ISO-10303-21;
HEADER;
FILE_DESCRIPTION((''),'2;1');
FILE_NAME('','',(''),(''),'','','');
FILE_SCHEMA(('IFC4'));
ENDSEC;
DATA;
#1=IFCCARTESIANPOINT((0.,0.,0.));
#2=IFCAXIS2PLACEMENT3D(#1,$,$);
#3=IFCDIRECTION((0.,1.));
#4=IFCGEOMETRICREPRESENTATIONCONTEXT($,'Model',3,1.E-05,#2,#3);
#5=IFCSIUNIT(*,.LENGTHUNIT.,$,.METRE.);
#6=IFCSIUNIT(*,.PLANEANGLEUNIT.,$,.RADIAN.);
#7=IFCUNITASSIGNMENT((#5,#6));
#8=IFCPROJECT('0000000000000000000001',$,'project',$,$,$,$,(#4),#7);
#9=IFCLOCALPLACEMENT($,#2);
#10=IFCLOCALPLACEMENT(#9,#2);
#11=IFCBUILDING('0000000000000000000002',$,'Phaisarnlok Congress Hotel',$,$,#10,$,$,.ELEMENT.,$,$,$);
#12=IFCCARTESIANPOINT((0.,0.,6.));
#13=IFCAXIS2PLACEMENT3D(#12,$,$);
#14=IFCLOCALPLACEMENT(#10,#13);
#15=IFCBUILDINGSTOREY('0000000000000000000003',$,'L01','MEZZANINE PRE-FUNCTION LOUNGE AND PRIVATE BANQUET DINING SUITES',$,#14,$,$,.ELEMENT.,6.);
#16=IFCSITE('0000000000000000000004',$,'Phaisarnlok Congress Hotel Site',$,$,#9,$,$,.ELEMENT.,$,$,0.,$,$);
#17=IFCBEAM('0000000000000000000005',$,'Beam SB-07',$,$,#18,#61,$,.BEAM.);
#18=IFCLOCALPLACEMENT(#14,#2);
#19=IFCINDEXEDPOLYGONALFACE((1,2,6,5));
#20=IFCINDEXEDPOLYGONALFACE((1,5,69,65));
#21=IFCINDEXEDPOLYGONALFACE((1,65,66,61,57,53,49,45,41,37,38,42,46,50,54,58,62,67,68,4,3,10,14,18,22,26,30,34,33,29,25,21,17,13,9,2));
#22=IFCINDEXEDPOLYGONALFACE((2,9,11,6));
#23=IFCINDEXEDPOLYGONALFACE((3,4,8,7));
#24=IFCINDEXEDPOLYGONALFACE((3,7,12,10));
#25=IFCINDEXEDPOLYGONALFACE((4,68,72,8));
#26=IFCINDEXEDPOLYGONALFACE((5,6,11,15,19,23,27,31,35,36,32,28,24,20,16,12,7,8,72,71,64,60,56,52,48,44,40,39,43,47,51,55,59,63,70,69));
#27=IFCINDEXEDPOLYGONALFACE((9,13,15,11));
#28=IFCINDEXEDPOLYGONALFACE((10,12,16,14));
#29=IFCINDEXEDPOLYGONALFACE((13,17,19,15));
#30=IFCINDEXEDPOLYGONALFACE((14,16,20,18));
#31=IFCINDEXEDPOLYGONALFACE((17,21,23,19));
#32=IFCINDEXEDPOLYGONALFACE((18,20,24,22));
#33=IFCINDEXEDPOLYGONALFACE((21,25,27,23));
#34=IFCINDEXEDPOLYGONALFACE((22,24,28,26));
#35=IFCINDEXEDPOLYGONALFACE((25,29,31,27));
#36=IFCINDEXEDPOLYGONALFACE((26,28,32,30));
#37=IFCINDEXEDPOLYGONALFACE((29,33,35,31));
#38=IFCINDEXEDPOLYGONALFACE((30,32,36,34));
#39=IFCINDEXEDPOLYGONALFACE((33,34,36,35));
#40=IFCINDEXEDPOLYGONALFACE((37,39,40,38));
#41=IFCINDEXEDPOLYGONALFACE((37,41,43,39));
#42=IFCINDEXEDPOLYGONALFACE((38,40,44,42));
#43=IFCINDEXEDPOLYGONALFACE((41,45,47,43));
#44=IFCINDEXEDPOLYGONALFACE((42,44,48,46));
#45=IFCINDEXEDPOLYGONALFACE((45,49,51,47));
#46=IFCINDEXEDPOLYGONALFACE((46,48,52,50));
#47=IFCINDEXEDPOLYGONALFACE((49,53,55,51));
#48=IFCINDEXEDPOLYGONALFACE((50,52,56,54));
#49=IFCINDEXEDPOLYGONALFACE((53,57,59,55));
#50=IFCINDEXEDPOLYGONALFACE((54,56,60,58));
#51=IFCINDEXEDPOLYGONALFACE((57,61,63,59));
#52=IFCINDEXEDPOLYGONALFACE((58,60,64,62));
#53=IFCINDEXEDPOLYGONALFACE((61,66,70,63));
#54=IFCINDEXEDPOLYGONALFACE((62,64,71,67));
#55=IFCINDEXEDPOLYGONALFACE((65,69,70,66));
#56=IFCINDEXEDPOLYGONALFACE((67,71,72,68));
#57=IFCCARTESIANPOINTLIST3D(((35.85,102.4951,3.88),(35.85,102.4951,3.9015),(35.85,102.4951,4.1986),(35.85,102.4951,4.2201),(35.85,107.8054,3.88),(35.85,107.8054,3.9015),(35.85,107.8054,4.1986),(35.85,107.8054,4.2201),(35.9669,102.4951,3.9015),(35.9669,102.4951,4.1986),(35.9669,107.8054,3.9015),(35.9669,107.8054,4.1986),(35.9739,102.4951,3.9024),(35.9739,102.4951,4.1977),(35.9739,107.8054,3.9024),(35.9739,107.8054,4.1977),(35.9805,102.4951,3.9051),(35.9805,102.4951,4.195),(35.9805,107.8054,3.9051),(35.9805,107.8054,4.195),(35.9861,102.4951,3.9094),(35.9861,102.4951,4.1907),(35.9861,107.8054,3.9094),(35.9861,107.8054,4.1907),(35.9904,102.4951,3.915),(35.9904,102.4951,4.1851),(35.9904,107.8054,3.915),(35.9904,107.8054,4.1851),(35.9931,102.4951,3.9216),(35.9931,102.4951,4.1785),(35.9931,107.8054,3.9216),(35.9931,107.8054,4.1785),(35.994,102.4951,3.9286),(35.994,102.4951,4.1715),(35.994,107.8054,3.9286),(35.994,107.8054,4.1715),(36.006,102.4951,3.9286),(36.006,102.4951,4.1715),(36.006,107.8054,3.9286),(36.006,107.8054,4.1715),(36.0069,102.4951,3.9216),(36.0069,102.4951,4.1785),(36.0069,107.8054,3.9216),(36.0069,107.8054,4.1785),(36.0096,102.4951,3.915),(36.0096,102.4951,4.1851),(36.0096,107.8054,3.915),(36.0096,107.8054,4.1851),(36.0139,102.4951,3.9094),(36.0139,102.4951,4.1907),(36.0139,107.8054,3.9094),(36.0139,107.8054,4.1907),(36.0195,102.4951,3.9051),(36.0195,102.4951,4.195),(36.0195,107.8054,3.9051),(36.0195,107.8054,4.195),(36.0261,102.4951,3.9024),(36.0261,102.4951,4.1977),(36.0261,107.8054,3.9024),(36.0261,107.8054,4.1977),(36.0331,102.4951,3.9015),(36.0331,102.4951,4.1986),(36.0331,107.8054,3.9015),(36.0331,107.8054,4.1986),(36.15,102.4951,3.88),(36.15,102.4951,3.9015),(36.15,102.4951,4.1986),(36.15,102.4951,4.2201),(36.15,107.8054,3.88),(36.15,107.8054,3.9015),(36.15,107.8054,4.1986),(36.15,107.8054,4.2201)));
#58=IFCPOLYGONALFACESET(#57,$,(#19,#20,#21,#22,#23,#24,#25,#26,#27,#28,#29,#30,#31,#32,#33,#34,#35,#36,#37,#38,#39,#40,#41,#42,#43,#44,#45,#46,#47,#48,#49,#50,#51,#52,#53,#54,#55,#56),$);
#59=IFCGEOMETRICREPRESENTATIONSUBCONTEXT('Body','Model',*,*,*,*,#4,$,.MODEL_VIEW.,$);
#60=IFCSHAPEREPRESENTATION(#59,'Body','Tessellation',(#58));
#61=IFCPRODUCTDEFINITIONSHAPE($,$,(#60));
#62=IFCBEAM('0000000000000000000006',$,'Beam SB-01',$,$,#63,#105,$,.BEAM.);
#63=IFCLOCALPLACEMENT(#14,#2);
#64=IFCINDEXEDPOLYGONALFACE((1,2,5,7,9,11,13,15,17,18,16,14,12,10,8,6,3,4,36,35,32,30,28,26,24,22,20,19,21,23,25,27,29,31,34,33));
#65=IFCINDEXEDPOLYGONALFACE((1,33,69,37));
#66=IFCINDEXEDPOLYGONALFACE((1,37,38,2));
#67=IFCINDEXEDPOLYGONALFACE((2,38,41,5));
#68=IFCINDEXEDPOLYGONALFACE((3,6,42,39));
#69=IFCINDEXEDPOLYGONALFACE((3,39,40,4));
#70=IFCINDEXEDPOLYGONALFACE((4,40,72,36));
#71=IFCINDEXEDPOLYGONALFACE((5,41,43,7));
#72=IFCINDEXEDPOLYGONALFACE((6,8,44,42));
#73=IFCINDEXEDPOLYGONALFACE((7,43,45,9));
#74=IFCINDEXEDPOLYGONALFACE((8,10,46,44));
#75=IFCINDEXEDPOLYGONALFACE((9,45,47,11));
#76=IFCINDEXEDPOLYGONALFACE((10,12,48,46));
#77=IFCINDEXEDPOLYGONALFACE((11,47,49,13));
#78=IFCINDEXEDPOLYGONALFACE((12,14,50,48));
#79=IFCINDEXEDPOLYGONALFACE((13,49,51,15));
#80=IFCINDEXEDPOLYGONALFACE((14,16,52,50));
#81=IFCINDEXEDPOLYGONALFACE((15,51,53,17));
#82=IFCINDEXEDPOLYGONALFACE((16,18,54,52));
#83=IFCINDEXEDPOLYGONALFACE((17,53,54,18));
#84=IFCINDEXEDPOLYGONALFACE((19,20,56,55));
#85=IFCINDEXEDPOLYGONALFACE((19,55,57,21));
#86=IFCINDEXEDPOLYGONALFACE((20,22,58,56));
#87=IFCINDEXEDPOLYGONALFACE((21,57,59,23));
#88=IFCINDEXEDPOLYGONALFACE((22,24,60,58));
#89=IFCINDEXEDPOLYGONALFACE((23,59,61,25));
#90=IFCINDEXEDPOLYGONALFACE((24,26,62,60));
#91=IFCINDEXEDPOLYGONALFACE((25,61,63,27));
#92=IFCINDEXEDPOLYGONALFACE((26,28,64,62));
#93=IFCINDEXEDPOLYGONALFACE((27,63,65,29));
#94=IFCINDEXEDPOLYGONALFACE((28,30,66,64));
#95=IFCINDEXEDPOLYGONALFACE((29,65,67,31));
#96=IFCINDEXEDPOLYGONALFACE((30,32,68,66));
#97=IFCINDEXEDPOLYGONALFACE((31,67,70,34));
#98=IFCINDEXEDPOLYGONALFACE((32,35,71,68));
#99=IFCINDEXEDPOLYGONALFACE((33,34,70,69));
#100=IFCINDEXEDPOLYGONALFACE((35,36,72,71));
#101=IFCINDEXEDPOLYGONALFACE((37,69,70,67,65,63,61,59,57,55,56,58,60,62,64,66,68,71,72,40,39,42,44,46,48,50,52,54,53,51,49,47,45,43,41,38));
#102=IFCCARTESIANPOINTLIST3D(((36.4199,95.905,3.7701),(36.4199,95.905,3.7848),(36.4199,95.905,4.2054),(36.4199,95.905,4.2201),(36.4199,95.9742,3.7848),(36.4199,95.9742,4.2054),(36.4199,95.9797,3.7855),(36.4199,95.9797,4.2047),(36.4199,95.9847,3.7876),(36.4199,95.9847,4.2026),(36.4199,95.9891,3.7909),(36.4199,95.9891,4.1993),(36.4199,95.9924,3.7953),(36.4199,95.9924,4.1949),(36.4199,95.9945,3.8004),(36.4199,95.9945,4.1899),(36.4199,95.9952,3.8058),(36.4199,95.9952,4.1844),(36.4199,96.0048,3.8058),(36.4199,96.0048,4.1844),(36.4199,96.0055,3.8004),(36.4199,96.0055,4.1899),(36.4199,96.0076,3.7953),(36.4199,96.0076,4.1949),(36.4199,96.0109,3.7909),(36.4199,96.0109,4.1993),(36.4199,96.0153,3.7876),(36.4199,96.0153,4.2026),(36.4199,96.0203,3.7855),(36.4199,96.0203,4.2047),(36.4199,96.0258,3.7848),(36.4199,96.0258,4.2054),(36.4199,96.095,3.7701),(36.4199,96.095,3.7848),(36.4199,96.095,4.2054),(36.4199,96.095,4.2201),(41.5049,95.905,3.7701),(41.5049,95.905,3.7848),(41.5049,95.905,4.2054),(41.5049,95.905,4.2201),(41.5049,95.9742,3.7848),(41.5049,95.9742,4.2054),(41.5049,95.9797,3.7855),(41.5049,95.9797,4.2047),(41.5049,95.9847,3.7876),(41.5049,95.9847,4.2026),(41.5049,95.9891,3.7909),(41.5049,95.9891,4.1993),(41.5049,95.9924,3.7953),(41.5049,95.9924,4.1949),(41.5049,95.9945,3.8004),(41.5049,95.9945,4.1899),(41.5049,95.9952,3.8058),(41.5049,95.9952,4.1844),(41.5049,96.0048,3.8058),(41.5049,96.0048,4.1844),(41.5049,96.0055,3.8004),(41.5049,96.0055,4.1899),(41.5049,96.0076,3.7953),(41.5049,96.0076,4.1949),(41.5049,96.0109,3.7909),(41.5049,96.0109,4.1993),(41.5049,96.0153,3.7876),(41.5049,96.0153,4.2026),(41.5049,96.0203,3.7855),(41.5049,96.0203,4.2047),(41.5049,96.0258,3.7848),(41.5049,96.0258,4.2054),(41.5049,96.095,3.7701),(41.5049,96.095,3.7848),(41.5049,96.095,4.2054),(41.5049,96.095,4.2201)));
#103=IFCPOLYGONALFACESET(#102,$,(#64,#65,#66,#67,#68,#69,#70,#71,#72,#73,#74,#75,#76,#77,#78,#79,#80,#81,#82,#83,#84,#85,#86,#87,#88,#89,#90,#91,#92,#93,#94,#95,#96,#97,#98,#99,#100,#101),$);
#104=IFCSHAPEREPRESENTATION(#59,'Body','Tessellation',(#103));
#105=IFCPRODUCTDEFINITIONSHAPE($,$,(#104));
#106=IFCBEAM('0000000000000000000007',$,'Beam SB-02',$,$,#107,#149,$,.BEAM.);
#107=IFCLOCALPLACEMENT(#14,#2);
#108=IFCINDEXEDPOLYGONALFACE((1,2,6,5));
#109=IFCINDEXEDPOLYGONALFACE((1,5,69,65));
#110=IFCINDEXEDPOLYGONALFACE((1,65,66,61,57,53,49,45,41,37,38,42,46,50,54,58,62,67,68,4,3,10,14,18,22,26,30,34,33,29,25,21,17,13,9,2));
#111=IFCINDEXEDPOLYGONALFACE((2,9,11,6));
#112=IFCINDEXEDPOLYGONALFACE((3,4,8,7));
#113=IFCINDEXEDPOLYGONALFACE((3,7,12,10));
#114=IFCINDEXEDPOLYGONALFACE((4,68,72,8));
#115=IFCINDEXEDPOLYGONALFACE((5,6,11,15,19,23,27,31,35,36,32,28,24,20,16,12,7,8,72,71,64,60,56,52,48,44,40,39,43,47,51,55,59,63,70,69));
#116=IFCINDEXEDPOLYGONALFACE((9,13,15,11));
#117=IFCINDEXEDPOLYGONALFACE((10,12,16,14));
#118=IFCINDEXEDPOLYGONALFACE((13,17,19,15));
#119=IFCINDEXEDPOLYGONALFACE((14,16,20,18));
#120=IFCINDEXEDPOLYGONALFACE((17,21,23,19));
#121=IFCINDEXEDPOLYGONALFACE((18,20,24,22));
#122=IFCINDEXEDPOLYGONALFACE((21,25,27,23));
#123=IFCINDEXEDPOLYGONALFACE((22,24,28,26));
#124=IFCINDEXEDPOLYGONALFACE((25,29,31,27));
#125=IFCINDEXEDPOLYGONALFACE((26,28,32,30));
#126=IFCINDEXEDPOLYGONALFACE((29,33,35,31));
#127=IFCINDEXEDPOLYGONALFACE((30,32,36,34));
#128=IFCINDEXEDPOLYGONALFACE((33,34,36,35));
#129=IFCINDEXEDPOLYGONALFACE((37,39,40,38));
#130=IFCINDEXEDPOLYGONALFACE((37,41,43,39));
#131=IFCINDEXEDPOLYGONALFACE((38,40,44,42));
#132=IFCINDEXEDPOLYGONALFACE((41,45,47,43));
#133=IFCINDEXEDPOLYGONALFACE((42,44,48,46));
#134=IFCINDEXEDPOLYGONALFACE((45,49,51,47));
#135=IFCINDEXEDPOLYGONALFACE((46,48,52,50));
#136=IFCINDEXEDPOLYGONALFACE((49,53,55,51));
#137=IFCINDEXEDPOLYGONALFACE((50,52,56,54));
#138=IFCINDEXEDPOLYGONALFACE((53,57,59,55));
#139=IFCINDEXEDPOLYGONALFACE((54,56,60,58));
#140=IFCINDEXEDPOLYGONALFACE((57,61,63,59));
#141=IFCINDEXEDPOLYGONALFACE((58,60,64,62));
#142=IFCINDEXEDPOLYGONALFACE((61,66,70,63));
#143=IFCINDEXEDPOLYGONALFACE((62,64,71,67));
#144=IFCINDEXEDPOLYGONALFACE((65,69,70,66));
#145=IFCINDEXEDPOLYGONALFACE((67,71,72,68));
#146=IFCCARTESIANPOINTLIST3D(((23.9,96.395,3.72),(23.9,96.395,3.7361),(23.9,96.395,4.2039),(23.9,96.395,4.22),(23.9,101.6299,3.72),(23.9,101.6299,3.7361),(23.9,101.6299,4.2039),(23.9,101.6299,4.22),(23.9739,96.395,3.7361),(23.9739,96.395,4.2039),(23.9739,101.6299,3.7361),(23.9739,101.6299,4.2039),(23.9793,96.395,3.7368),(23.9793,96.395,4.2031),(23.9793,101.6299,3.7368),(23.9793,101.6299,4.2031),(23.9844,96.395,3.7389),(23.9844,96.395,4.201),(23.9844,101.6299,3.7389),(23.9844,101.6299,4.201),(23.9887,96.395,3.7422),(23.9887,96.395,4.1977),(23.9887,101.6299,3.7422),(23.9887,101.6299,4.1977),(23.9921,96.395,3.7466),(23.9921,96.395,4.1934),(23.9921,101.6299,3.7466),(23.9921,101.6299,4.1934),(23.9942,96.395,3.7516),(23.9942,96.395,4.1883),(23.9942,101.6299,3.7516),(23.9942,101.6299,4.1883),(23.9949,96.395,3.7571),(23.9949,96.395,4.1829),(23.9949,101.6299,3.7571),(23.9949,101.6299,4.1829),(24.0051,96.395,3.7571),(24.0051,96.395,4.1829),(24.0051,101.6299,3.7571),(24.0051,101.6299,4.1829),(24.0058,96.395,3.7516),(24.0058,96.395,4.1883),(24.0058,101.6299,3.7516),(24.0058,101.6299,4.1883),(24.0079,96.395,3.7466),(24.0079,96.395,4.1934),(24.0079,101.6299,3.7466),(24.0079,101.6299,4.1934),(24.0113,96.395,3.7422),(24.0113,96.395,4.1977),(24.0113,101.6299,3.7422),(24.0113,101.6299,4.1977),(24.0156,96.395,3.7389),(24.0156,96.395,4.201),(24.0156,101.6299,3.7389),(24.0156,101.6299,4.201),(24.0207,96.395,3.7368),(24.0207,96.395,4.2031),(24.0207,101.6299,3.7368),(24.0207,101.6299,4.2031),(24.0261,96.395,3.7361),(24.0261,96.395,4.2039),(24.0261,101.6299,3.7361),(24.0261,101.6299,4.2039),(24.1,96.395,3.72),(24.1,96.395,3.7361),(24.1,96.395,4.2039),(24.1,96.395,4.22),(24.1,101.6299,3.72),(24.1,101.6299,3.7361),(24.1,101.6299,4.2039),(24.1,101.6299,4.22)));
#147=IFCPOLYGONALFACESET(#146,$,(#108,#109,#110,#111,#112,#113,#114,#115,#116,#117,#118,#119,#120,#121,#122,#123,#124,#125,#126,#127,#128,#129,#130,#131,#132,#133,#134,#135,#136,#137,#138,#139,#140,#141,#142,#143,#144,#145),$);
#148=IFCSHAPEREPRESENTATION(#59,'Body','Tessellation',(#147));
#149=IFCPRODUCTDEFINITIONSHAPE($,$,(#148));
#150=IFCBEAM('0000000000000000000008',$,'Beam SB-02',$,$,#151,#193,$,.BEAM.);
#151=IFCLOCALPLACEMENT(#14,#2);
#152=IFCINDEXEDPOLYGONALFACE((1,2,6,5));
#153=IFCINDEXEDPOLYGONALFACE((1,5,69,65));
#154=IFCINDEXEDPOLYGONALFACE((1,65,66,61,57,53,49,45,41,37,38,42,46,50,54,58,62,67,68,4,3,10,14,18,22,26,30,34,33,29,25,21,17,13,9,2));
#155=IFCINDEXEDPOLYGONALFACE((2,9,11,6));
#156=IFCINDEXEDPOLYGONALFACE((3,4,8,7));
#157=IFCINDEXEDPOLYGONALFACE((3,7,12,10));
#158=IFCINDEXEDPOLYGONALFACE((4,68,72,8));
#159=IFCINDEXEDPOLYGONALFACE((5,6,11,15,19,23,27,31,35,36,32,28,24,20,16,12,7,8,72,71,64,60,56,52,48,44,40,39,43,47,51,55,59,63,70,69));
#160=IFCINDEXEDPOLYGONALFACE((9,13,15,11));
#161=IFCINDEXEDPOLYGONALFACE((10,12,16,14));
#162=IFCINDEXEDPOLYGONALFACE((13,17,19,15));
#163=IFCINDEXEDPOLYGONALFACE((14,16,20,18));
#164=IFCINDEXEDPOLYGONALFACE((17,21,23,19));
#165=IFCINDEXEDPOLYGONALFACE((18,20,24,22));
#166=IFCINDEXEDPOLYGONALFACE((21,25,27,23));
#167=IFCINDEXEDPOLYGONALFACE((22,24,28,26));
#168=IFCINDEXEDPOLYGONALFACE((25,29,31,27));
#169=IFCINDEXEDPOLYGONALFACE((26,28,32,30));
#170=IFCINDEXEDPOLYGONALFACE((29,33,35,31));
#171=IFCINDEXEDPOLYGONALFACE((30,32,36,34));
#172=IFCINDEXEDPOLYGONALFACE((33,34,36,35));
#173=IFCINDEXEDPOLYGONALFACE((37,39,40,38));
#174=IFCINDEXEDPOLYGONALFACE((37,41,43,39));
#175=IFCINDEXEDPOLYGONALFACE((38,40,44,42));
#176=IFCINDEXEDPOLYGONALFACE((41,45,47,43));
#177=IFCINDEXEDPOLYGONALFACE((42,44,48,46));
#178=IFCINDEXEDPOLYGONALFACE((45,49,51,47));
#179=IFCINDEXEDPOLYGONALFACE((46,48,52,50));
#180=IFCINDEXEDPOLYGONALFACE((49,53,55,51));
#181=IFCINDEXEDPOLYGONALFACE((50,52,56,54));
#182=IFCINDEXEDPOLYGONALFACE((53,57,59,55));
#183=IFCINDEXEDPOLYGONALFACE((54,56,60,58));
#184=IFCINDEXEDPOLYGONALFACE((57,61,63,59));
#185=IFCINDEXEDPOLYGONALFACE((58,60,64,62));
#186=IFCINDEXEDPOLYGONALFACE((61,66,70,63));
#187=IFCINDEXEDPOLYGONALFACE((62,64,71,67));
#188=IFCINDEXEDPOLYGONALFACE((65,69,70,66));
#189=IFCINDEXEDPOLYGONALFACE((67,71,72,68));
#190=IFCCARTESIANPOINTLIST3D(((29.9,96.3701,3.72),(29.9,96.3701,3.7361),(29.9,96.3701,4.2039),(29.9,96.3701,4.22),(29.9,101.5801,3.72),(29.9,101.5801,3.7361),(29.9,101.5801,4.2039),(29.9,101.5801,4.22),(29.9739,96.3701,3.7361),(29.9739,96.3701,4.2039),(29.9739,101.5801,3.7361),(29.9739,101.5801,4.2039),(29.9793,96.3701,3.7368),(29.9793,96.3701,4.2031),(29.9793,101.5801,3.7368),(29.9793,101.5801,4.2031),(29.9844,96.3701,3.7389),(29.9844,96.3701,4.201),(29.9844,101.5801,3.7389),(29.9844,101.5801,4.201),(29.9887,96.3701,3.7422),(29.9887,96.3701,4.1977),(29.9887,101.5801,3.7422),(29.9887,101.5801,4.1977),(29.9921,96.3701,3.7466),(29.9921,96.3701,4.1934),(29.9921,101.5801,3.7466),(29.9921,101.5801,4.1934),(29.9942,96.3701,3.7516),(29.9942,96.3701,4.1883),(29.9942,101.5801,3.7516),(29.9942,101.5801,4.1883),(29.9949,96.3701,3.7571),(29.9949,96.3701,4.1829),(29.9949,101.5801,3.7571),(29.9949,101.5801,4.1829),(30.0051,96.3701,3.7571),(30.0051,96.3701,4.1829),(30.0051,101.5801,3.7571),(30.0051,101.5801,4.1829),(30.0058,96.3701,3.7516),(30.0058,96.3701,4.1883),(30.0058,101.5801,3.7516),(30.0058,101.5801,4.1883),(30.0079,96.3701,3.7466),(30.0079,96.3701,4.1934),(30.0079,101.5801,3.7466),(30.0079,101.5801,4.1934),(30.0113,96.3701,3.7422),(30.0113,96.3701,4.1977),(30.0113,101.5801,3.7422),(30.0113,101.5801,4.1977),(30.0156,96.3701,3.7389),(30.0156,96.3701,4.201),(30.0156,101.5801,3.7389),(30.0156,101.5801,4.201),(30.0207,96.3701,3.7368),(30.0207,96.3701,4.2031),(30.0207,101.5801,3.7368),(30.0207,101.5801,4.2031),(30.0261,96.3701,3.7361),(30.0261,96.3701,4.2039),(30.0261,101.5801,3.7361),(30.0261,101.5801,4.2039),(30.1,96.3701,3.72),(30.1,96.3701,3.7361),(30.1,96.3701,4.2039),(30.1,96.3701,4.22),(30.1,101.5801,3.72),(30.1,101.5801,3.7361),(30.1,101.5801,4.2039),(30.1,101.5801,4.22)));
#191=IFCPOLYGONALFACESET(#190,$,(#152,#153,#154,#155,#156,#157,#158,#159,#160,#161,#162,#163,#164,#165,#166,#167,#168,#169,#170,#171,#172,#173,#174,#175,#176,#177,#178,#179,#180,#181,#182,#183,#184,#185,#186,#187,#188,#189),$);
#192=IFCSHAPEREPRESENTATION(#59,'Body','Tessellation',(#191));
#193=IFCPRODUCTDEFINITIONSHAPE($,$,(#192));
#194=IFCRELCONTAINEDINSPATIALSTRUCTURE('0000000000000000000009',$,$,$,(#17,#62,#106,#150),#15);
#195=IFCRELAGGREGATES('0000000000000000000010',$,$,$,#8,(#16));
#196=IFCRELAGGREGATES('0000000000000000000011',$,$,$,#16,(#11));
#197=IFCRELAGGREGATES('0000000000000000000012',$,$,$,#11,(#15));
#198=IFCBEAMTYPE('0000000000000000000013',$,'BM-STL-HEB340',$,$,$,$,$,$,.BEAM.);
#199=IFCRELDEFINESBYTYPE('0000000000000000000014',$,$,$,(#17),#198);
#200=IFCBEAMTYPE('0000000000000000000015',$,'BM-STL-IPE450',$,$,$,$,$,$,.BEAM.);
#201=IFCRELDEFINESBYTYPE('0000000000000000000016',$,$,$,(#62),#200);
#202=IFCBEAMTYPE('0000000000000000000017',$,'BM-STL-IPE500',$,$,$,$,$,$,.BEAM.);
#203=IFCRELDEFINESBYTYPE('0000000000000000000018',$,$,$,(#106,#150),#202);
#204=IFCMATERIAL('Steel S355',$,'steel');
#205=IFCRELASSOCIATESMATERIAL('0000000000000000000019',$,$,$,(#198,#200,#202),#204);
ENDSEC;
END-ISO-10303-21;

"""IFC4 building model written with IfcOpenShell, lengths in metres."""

from ifc_helpers import new_model, si_unit, direction, frame, origin, origin_2d, place, context, subcontext, project, spatial, i_section, extrude, material, material_profile, profile_set, type_object, element, save


model = new_model("IFC4")

# Units and contexts
model_context = context("Model", 3, precision=1e-05, world=origin(), true_north=direction((0.0, 1.0)))
body_context = subcontext(model_context, "Body", "Model", "MODEL_VIEW")
ifc_project = project(units=[si_unit("LENGTHUNIT", "METRE"), si_unit("PLANEANGLEUNIT", "RADIAN")], contexts=[model_context])

# Site, building, storey
site_placement = place(None, origin())
site = spatial("IfcSite", under=ifc_project, at=site_placement, Name="Phaisarnlok Congress Hotel Site", CompositionType="ELEMENT", RefElevation=0.0)
building_placement = place(site_placement, origin())
building = spatial("IfcBuilding", under=site, at=building_placement, Name="Phaisarnlok Congress Hotel", CompositionType="ELEMENT")
storey_placement = place(building_placement, frame((0.0, 0.0, 6.0)))
storey = spatial("IfcBuildingStorey", under=building, at=storey_placement, Name="L01", Description="MEZZANINE PRE-FUNCTION LOUNGE AND PRIVATE BANQUET DINING SUITES", CompositionType="ELEMENT", Elevation=6.0)

# Beams
ifc_material_1 = material(Name="Steel S355", Category="steel")
ifc_material_profile_1 = material_profile(ifc_material_1, i_section(OverallWidth=0.3, OverallDepth=0.3401, WebThickness=0.012, FlangeThickness=0.0215, FilletRadius=0.0271, at=origin_2d()), Name="HEB 340")
ifc_profile_set_1 = profile_set([ifc_material_profile_1], Name="Steel S355")
beam_type_1 = type_object("IfcBeamType", Name="BM-STL-HEB340", PredefinedType="BEAM", material=ifc_profile_set_1)
beam_1_placement = place(storey_placement, frame((36.0, 102.4951, 4.05), z_axis=(0.0, 1.0, 0.0), x_axis=(-1.0, 0.0, 0.0)))
element("IfcBeam", 1, at=beam_1_placement, inside=storey, type_object=beam_type_1, Name="Beam SB-07", PredefinedType="BEAM", context=body_context, shape_type="SweptSolid", body=[
    extrude(i_section(OverallWidth=0.3, OverallDepth=0.3401, WebThickness=0.012, FlangeThickness=0.0215, FilletRadius=0.0271, at=origin_2d()), origin(), (0.0, 0.0, 1.0), 5.3103),
])
ifc_material_profile_2 = material_profile(ifc_material_1, i_section(OverallWidth=0.1899, OverallDepth=0.45, WebThickness=0.0095, FlangeThickness=0.0146, FilletRadius=0.021, at=origin_2d()), Name="IPE 450")
ifc_profile_set_2 = profile_set([ifc_material_profile_2], Name="Steel S355")
beam_type_2 = type_object("IfcBeamType", Name="BM-STL-IPE450", PredefinedType="BEAM", material=ifc_profile_set_2)
beam_2_placement = place(storey_placement, frame((36.4199, 96.0, 3.9951), z_axis=(1.0, 0.0, 0.0), x_axis=(0.0, 1.0, 0.0)))
element("IfcBeam", 2, at=beam_2_placement, inside=storey, type_object=beam_type_2, Name="Beam SB-01", PredefinedType="BEAM", context=body_context, shape_type="SweptSolid", body=[
    extrude(i_section(OverallWidth=0.1899, OverallDepth=0.45, WebThickness=0.0095, FlangeThickness=0.0146, FilletRadius=0.021, at=origin_2d()), origin(), (0.0, 0.0, 1.0), 5.085),
])
ifc_material_profile_3 = material_profile(ifc_material_1, i_section(OverallWidth=0.2, OverallDepth=0.5, WebThickness=0.0103, FlangeThickness=0.0161, FilletRadius=0.021, at=origin_2d()), Name="IPE 500")
ifc_profile_set_3 = profile_set([ifc_material_profile_3], Name="Steel S355")
beam_type_3 = type_object("IfcBeamType", Name="BM-STL-IPE500", PredefinedType="BEAM", material=ifc_profile_set_3)
beam_3_placement = place(storey_placement, frame((24.0, 96.395, 3.97), z_axis=(0.0, 1.0, 0.0), x_axis=(-1.0, 0.0, 0.0)))
element("IfcBeam", 3, at=beam_3_placement, inside=storey, type_object=beam_type_3, Name="Beam SB-02", PredefinedType="BEAM", context=body_context, shape_type="SweptSolid", body=[
    extrude(i_section(OverallWidth=0.2, OverallDepth=0.5, WebThickness=0.0103, FlangeThickness=0.0161, FilletRadius=0.021, at=origin_2d()), origin(), (0.0, 0.0, 1.0), 5.2349),
])
beam_4_placement = place(storey_placement, frame((30.0, 96.3701, 3.97), z_axis=(0.0, 1.0, 0.0), x_axis=(-1.0, 0.0, 0.0)))
element("IfcBeam", 4, at=beam_4_placement, inside=storey, type_object=beam_type_3, Name="Beam SB-02", PredefinedType="BEAM", context=body_context, shape_type="SweptSolid", body=[
    extrude(i_section(OverallWidth=0.2, OverallDepth=0.5, WebThickness=0.0103, FlangeThickness=0.0161, FilletRadius=0.021, at=origin_2d()), origin(), (0.0, 0.0, 1.0), 5.21),
])

save(model, "model.ifc")
